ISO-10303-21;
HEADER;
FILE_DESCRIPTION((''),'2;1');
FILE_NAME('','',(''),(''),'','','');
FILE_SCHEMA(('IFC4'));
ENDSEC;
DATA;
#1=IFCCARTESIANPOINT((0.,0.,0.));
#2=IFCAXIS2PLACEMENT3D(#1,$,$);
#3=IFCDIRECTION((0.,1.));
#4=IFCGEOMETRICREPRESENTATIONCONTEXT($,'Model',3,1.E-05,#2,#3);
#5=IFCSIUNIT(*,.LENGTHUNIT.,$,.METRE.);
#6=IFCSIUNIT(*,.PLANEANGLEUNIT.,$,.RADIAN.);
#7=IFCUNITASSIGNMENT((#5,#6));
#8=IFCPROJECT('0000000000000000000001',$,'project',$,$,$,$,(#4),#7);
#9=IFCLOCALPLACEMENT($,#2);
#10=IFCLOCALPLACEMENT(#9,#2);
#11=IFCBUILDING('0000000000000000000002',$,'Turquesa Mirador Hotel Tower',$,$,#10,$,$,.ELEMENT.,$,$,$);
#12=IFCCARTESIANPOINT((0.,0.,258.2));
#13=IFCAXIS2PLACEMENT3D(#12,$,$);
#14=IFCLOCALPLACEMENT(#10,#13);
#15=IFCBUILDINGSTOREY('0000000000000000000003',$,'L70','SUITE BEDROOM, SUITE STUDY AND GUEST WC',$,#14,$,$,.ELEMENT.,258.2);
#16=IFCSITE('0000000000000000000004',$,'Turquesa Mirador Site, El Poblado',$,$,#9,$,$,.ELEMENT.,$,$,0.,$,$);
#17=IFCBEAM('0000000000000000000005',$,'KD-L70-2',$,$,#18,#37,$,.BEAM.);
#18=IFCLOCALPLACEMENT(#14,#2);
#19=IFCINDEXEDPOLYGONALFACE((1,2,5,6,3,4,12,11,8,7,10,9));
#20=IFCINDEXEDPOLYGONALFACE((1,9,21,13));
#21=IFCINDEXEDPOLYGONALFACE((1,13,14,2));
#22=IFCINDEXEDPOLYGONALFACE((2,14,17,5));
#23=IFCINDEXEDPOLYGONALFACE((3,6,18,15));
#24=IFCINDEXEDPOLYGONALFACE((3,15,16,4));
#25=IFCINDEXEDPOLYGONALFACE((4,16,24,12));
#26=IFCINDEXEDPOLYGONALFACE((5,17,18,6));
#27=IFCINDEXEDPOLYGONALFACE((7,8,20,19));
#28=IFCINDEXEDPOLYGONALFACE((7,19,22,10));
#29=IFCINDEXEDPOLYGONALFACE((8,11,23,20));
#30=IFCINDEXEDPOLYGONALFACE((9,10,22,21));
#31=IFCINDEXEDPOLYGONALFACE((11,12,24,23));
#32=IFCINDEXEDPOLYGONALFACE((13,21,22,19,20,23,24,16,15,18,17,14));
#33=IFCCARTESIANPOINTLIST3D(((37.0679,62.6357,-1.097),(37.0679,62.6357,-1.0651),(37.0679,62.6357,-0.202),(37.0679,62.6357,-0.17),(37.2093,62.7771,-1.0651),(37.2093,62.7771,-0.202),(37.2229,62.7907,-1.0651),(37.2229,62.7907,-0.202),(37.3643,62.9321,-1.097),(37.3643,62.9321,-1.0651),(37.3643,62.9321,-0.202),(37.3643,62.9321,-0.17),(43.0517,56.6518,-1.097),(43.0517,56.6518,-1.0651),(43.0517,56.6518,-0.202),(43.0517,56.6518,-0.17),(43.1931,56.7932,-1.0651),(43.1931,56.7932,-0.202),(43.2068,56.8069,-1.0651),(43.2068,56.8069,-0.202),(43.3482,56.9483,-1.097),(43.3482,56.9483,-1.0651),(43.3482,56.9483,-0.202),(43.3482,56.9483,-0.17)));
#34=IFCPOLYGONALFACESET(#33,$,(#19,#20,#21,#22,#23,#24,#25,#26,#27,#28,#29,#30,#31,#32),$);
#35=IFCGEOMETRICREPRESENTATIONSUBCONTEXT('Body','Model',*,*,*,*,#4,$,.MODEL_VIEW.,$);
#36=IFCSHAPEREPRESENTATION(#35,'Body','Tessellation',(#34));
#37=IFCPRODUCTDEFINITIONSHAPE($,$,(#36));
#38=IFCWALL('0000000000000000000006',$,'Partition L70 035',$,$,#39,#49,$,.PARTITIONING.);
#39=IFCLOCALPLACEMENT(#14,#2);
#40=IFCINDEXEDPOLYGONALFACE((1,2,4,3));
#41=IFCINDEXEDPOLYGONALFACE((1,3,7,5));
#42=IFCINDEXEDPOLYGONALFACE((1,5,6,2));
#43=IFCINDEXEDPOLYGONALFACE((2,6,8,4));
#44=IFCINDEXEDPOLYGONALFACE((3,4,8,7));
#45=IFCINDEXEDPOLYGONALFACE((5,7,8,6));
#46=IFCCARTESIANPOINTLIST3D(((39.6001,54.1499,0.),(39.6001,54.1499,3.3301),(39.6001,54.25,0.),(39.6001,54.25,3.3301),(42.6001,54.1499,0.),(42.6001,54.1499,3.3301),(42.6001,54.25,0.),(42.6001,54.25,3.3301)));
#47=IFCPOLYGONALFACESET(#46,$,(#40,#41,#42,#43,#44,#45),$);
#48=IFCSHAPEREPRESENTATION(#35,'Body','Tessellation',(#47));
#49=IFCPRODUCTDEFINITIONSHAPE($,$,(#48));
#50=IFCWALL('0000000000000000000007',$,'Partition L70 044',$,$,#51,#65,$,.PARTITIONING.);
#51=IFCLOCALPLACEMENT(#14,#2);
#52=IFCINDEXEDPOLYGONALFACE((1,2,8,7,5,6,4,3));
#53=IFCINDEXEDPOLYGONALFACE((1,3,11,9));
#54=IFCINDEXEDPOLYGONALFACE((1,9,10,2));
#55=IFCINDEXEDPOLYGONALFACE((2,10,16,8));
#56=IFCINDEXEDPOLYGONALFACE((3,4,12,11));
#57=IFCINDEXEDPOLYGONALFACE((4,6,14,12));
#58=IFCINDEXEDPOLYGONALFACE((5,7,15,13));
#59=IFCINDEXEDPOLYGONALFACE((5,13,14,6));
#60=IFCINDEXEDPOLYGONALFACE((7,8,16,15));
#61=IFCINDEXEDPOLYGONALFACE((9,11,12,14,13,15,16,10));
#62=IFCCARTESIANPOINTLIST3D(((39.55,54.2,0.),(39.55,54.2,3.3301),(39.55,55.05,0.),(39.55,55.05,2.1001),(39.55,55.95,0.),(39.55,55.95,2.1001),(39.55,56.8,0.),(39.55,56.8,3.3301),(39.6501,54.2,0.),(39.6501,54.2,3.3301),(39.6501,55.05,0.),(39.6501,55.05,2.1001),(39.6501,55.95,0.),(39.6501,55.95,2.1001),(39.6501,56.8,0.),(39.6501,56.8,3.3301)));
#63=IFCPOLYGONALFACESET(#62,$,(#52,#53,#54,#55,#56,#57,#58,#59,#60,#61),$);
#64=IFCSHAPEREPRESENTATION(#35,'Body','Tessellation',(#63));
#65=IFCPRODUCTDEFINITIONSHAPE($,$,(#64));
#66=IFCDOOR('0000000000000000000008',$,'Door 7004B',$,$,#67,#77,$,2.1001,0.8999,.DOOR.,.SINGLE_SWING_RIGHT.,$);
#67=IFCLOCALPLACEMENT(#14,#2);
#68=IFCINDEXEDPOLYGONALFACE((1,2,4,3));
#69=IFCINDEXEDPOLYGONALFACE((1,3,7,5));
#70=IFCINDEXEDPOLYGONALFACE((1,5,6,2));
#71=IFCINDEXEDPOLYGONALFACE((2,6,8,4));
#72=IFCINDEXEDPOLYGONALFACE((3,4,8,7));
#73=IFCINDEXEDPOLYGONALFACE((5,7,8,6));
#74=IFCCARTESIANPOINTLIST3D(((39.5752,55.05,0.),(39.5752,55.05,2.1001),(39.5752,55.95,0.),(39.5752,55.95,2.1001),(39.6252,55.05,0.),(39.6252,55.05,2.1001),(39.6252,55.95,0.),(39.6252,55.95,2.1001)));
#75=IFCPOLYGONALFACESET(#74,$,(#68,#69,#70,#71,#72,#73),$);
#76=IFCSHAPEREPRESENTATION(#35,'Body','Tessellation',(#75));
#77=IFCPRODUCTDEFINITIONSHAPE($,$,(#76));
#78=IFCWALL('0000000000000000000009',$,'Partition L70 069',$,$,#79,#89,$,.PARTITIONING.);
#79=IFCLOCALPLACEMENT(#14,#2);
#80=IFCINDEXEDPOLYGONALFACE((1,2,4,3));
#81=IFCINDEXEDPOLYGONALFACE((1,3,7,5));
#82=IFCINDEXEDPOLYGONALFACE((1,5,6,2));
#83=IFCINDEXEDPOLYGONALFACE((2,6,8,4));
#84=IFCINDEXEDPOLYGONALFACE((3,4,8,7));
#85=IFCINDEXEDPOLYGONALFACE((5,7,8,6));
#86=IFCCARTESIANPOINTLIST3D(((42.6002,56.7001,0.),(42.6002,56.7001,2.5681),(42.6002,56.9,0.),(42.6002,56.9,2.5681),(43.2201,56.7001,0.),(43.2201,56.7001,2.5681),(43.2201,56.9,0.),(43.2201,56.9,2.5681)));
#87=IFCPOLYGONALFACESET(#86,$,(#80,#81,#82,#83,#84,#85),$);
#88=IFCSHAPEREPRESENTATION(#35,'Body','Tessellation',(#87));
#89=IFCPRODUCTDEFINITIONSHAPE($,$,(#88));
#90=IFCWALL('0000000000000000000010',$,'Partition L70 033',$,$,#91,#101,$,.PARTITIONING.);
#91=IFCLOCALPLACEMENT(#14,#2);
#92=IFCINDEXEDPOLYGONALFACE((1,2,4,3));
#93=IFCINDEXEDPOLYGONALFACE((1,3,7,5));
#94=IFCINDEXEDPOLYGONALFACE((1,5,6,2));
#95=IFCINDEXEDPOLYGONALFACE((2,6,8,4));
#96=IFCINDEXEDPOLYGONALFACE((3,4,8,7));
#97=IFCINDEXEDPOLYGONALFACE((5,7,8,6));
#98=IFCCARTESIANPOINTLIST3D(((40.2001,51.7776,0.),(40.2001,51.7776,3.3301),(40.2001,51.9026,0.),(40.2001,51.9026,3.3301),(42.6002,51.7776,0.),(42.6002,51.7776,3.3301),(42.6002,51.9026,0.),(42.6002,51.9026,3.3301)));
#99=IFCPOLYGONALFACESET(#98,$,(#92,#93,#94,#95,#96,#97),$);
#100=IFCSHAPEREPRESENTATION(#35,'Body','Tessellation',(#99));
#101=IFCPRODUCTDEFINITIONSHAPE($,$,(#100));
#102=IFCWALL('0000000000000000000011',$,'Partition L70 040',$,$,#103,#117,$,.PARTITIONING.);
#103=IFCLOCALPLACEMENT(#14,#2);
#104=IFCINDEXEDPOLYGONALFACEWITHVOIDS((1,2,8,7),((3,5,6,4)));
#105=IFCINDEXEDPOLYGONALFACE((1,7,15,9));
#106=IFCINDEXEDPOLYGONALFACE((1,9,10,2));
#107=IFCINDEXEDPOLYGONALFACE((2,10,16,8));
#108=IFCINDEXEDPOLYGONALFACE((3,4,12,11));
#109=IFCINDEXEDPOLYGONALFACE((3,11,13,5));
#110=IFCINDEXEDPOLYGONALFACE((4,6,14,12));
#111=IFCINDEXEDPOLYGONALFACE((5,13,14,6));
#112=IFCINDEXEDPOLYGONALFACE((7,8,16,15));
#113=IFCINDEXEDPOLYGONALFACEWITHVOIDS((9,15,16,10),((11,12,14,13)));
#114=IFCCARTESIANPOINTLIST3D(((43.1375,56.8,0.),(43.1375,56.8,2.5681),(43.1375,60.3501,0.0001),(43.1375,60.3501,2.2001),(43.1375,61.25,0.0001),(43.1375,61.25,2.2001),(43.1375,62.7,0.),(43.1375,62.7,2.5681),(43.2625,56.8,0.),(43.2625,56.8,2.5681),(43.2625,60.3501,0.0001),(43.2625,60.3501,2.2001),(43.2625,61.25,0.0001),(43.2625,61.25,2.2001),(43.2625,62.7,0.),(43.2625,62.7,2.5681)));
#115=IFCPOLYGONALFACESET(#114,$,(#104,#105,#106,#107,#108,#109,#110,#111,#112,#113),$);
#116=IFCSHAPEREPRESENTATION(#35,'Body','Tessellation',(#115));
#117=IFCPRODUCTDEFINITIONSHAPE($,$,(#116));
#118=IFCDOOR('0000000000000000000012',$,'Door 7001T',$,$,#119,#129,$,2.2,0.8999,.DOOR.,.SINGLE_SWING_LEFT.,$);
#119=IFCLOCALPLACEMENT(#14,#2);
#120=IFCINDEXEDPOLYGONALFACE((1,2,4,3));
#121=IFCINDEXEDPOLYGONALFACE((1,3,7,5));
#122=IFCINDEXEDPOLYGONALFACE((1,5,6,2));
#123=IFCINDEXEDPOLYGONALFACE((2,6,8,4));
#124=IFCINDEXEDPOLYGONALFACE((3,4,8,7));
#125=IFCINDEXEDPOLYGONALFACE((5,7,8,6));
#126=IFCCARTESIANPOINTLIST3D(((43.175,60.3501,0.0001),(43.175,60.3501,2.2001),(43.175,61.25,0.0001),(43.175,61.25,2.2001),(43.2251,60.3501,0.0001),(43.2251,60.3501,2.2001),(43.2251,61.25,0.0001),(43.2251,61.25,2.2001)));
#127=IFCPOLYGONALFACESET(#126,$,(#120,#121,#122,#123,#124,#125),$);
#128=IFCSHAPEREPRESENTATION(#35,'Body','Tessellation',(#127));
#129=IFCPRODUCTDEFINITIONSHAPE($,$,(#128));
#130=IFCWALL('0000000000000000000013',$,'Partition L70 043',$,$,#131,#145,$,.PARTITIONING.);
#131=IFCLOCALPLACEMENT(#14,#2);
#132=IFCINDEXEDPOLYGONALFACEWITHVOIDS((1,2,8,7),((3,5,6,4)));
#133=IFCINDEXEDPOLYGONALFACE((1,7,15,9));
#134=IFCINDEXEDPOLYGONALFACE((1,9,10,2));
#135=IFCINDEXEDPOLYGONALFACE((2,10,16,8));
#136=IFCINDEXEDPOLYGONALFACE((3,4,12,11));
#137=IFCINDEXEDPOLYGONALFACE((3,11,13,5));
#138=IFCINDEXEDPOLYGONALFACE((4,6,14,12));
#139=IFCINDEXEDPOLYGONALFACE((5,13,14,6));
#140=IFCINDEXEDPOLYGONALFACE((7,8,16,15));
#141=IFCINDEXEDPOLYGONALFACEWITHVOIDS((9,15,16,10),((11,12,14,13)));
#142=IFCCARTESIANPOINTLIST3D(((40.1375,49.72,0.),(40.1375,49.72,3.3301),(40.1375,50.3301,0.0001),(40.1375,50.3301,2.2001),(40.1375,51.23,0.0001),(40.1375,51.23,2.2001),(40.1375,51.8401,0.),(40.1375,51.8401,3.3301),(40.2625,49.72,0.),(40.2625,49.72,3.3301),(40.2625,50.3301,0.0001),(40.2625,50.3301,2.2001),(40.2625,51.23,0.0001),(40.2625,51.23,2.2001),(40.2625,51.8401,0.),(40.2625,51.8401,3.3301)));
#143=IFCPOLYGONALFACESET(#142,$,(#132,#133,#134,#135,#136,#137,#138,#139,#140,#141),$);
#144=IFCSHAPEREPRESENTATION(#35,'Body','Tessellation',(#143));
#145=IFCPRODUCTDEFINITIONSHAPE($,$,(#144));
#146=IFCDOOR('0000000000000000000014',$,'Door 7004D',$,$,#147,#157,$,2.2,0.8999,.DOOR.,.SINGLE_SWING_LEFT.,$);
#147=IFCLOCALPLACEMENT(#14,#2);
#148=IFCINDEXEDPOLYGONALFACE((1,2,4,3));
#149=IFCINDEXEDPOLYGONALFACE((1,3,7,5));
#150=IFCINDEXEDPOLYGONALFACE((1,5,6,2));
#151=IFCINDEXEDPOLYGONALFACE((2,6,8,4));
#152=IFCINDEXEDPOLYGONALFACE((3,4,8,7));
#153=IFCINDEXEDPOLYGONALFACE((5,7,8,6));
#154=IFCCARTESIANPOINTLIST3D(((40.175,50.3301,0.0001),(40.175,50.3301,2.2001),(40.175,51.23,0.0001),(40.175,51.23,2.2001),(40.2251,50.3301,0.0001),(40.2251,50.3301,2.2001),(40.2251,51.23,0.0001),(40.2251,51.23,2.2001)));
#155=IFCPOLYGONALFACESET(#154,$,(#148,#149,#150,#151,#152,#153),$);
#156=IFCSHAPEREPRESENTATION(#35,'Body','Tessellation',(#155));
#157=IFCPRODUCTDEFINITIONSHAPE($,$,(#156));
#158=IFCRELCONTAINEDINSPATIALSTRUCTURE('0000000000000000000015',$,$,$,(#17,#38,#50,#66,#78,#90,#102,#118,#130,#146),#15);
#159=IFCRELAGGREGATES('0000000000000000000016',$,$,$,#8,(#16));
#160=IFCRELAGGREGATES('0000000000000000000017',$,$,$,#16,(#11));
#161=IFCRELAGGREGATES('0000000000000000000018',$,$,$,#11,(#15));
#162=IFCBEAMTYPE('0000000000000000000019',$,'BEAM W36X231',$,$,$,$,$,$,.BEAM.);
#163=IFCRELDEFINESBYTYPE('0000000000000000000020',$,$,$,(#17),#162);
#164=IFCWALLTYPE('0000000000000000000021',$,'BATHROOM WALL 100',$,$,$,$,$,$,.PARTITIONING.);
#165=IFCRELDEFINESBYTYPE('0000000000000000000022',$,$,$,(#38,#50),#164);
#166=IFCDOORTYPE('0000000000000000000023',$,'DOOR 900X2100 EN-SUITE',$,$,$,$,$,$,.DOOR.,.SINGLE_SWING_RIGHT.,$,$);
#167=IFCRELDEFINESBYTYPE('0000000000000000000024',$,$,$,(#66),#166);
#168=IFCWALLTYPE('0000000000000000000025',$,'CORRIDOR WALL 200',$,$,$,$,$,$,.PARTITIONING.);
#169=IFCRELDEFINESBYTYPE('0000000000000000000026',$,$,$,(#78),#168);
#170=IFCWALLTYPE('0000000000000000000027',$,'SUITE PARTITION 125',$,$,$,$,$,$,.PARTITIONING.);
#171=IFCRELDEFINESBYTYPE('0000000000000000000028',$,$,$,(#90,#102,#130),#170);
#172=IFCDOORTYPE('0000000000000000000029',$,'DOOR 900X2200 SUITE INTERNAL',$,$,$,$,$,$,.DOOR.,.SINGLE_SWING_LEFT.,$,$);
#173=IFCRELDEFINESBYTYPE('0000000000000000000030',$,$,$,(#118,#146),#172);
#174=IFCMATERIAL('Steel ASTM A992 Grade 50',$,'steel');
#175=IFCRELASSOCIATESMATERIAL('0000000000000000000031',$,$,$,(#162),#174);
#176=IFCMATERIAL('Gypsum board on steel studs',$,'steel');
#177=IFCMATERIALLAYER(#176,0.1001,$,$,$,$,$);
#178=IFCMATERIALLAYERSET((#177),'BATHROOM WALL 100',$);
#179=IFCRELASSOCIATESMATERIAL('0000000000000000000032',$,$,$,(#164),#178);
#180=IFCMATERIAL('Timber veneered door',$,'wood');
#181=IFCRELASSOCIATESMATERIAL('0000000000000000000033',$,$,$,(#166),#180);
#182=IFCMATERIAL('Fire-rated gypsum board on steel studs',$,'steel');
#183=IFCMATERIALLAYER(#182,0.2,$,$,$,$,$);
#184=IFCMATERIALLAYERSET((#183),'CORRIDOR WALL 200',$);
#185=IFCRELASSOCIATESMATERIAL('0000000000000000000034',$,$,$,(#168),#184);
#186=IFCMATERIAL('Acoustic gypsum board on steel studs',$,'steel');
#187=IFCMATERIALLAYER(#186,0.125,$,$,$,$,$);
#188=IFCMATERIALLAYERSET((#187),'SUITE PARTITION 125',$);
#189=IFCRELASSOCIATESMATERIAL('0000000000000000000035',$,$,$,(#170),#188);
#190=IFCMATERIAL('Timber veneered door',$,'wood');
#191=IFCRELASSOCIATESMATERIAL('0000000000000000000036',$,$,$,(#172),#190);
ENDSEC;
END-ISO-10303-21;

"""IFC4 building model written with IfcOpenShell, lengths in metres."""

from ifc_helpers import new_model, si_unit, direction, frame, frame_2d, origin, origin_2d, place, context, subcontext, project, spatial, rectangle, i_section, extrude, material, layer, layer_set, material_profile, profile_set, type_object, element, fill, save


model = new_model("IFC4")

# Units and contexts
model_context = context("Model", 3, precision=1e-05, world=origin(), true_north=direction((0.0, 1.0)))
body_context = subcontext(model_context, "Body", "Model", "MODEL_VIEW")
ifc_project = project(units=[si_unit("LENGTHUNIT", "METRE"), si_unit("PLANEANGLEUNIT", "RADIAN")], contexts=[model_context])

# Site, building, storey
site_placement = place(None, origin())
site = spatial("IfcSite", under=ifc_project, at=site_placement, Name="Turquesa Mirador Site, El Poblado", CompositionType="ELEMENT", RefElevation=0.0)
building_placement = place(site_placement, origin())
building = spatial("IfcBuilding", under=site, at=building_placement, Name="Turquesa Mirador Hotel Tower", CompositionType="ELEMENT")
storey_placement = place(building_placement, frame((0.0, 0.0, 258.2)))
storey = spatial("IfcBuildingStorey", under=building, at=storey_placement, Name="L70", Description="SUITE BEDROOM, SUITE STUDY AND GUEST WC", CompositionType="ELEMENT", Elevation=258.2)

# Beam
ifc_material_1 = material(Name="Steel ASTM A992 Grade 50", Category="steel")
ifc_material_profile_1 = material_profile(ifc_material_1, i_section(OverallWidth=0.4192, OverallDepth=0.927, WebThickness=0.0193, FlangeThickness=0.032, at=origin_2d()), Name="W36X231")
ifc_profile_set_1 = profile_set([ifc_material_profile_1], Name="Steel ASTM A992 Grade 50")
beam_type_1 = type_object("IfcBeamType", Name="BEAM W36X231", PredefinedType="BEAM", material=ifc_profile_set_1)
beam_1_placement = place(storey_placement, frame((43.2, 56.8, -0.6335), z_axis=(-0.707107, 0.707107, 0.0), x_axis=(-0.707107, -0.707107, 0.0)))
element("IfcBeam", 1, at=beam_1_placement, inside=storey, type_object=beam_type_1, Name="KD-L70-2", PredefinedType="BEAM", context=body_context, shape_type="SweptSolid", body=[
    extrude(i_section(OverallWidth=0.4192, OverallDepth=0.927, WebThickness=0.0193, FlangeThickness=0.032, at=origin_2d()), origin(), (0.0, 0.0, 1.0), 8.4624),
])

# Wall
ifc_material_2 = material(Name="Gypsum board on steel studs", Category="steel")
ifc_layer_1 = layer(ifc_material_2, 0.1001)
ifc_layer_set_1 = layer_set([ifc_layer_1], Name="BATHROOM WALL 100")
wall_type_1 = type_object("IfcWallType", Name="BATHROOM WALL 100", PredefinedType="PARTITIONING", material=ifc_layer_set_1)
wall_1_placement = place(storey_placement, frame((39.6001, 54.2, 0.0), z_axis=(0.0, 0.0, 1.0), x_axis=(1.0, 0.0, 0.0)))
element("IfcWall", 2, at=wall_1_placement, inside=storey, type_object=wall_type_1, Name="Partition L70 035", PredefinedType="PARTITIONING", context=body_context, shape_type="SweptSolid", body=[
    extrude(rectangle(XDim=3.0, YDim=0.1001, at=frame_2d((1.5, 0.0))), origin(), (0.0, 0.0, 1.0), 3.3301),
])

# Wall, opening, door
wall_2_placement = place(storey_placement, frame((39.6001, 54.2, 0.0), z_axis=(0.0, 0.0, 1.0), x_axis=(0.0, 1.0, 0.0)))
wall_2 = element("IfcWall", 3, at=wall_2_placement, inside=storey, type_object=wall_type_1, Name="Partition L70 044", PredefinedType="PARTITIONING", context=body_context, shape_type="SweptSolid", body=[
    extrude(rectangle(XDim=2.6001, YDim=0.1001, at=frame_2d((1.3, 0.0))), origin(), (0.0, 0.0, 1.0), 3.3301),
])
opening_1_placement = place(wall_2_placement, frame((0.8501, 0.0, 0.0)))
opening_1 = element("IfcOpeningElement", 4, at=opening_1_placement, cuts=wall_2, PredefinedType="OPENING", context=body_context, shape_type="SweptSolid", body=[
    extrude(rectangle(XDim=0.8999, YDim=2.1001, at=frame_2d((0.45, 1.05))), frame((0.0, 0.0601, 0.0), z_axis=(0.0, -1.0, 0.0), x_axis=(1.0, 0.0, 0.0)), (0.0, 0.0, 1.0), 0.1201),
])
ifc_material_3 = material(Name="Timber veneered door", Category="wood")
door_type_1 = type_object("IfcDoorType", Name="DOOR 900X2100 EN-SUITE", OperationType="SINGLE_SWING_RIGHT", PredefinedType="DOOR", material=ifc_material_3)
door_1_placement = place(opening_1_placement, origin())
door_1 = element("IfcDoor", 5, at=door_1_placement, inside=storey, type_object=door_type_1, Name="Door 7004B", OperationType="SINGLE_SWING_RIGHT", OverallHeight=2.1001, OverallWidth=0.8999, PredefinedType="DOOR", context=body_context, shape_type="SweptSolid", body=[
    extrude(rectangle(XDim=0.8999, YDim=2.1001, at=frame_2d((0.45, 1.05))), frame((0.0, 0.0249, 0.0), z_axis=(0.0, -1.0, 0.0), x_axis=(1.0, 0.0, 0.0)), (0.0, 0.0, 1.0), 0.05),
])
fill(opening_1, door_1)

# Walls
ifc_material_4 = material(Name="Fire-rated gypsum board on steel studs", Category="steel")
ifc_layer_2 = layer(ifc_material_4, 0.2)
ifc_layer_set_2 = layer_set([ifc_layer_2], Name="CORRIDOR WALL 200")
wall_type_2 = type_object("IfcWallType", Name="CORRIDOR WALL 200", PredefinedType="PARTITIONING", material=ifc_layer_set_2)
wall_3_placement = place(storey_placement, frame((42.6001, 56.8, 0.0), z_axis=(0.0, 0.0, 1.0), x_axis=(1.0, 0.0, 0.0)))
element("IfcWall", 6, at=wall_3_placement, inside=storey, type_object=wall_type_2, Name="Partition L70 069", PredefinedType="PARTITIONING", context=body_context, shape_type="SweptSolid", body=[
    extrude(rectangle(XDim=0.6199, YDim=0.2, at=frame_2d((0.3101, 0.0))), origin(), (0.0, 0.0, 1.0), 2.5681),
])
ifc_material_5 = material(Name="Acoustic gypsum board on steel studs", Category="steel")
ifc_layer_3 = layer(ifc_material_5, 0.125)
ifc_layer_set_3 = layer_set([ifc_layer_3], Name="SUITE PARTITION 125")
wall_type_3 = type_object("IfcWallType", Name="SUITE PARTITION 125", PredefinedType="PARTITIONING", material=ifc_layer_set_3)
wall_4_placement = place(storey_placement, frame((40.2, 51.8401, 0.0), z_axis=(0.0, 0.0, 1.0), x_axis=(1.0, 0.0, 0.0)))
element("IfcWall", 7, at=wall_4_placement, inside=storey, type_object=wall_type_3, Name="Partition L70 033", PredefinedType="PARTITIONING", context=body_context, shape_type="SweptSolid", body=[
    extrude(rectangle(XDim=2.4001, YDim=0.125, at=frame_2d((1.2002, 0.0))), origin(), (0.0, 0.0, 1.0), 3.3301),
])

# Walls, openings, doors
wall_5_placement = place(storey_placement, frame((43.2, 56.8, 0.0), z_axis=(0.0, 0.0, 1.0), x_axis=(0.0, 1.0, 0.0)))
wall_5 = element("IfcWall", 8, at=wall_5_placement, inside=storey, type_object=wall_type_3, Name="Partition L70 040", PredefinedType="PARTITIONING", context=body_context, shape_type="SweptSolid", body=[
    extrude(rectangle(XDim=5.8999, YDim=0.125, at=frame_2d((2.95, 0.0))), origin(), (0.0, 0.0, 1.0), 2.5681),
])
opening_2_placement = place(wall_5_placement, frame((3.55, 0.0, 0.0)))
opening_2 = element("IfcOpeningElement", 9, at=opening_2_placement, cuts=wall_5, PredefinedType="OPENING", context=body_context, shape_type="SweptSolid", body=[
    extrude(rectangle(XDim=0.8999, YDim=2.2, at=frame_2d((0.45, 1.1001))), frame((0.0, 0.0725, 0.0), z_axis=(0.0, -1.0, 0.0), x_axis=(1.0, 0.0, 0.0)), (0.0, 0.0, 1.0), 0.145),
])
ifc_material_6 = material(Name="Timber veneered door", Category="wood")
door_type_2 = type_object("IfcDoorType", Name="DOOR 900X2200 SUITE INTERNAL", OperationType="SINGLE_SWING_LEFT", PredefinedType="DOOR", material=ifc_material_6)
door_2_placement = place(opening_2_placement, origin())
door_2 = element("IfcDoor", 10, at=door_2_placement, inside=storey, type_object=door_type_2, Name="Door 7001T", OperationType="SINGLE_SWING_LEFT", OverallHeight=2.2, OverallWidth=0.8999, PredefinedType="DOOR", context=body_context, shape_type="SweptSolid", body=[
    extrude(rectangle(XDim=0.8999, YDim=2.2, at=frame_2d((0.45, 1.1001))), frame((0.0, 0.0249, 0.0), z_axis=(0.0, -1.0, 0.0), x_axis=(1.0, 0.0, 0.0)), (0.0, 0.0, 1.0), 0.05),
])
fill(opening_2, door_2)
wall_6_placement = place(storey_placement, frame((40.2, 49.72, 0.0), z_axis=(0.0, 0.0, 1.0), x_axis=(0.0, 1.0, 0.0)))
wall_6 = element("IfcWall", 11, at=wall_6_placement, inside=storey, type_object=wall_type_3, Name="Partition L70 043", PredefinedType="PARTITIONING", context=body_context, shape_type="SweptSolid", body=[
    extrude(rectangle(XDim=2.1201, YDim=0.125, at=frame_2d((1.0601, 0.0))), origin(), (0.0, 0.0, 1.0), 3.3301),
])
opening_3_placement = place(wall_6_placement, frame((0.6101, 0.0, 0.0)))
opening_3 = element("IfcOpeningElement", 12, at=opening_3_placement, cuts=wall_6, PredefinedType="OPENING", context=body_context, shape_type="SweptSolid", body=[
    extrude(rectangle(XDim=0.8999, YDim=2.2, at=frame_2d((0.45, 1.1001))), frame((0.0, 0.0725, 0.0), z_axis=(0.0, -1.0, 0.0), x_axis=(1.0, 0.0, 0.0)), (0.0, 0.0, 1.0), 0.145),
])
door_3_placement = place(opening_3_placement, origin())
door_3 = element("IfcDoor", 13, at=door_3_placement, inside=storey, type_object=door_type_2, Name="Door 7004D", OperationType="SINGLE_SWING_LEFT", OverallHeight=2.2, OverallWidth=0.8999, PredefinedType="DOOR", context=body_context, shape_type="SweptSolid", body=[
    extrude(rectangle(XDim=0.8999, YDim=2.2, at=frame_2d((0.45, 1.1001))), frame((0.0, 0.0249, 0.0), z_axis=(0.0, -1.0, 0.0), x_axis=(1.0, 0.0, 0.0)), (0.0, 0.0, 1.0), 0.05),
])
fill(opening_3, door_3)

save(model, "model.ifc")
